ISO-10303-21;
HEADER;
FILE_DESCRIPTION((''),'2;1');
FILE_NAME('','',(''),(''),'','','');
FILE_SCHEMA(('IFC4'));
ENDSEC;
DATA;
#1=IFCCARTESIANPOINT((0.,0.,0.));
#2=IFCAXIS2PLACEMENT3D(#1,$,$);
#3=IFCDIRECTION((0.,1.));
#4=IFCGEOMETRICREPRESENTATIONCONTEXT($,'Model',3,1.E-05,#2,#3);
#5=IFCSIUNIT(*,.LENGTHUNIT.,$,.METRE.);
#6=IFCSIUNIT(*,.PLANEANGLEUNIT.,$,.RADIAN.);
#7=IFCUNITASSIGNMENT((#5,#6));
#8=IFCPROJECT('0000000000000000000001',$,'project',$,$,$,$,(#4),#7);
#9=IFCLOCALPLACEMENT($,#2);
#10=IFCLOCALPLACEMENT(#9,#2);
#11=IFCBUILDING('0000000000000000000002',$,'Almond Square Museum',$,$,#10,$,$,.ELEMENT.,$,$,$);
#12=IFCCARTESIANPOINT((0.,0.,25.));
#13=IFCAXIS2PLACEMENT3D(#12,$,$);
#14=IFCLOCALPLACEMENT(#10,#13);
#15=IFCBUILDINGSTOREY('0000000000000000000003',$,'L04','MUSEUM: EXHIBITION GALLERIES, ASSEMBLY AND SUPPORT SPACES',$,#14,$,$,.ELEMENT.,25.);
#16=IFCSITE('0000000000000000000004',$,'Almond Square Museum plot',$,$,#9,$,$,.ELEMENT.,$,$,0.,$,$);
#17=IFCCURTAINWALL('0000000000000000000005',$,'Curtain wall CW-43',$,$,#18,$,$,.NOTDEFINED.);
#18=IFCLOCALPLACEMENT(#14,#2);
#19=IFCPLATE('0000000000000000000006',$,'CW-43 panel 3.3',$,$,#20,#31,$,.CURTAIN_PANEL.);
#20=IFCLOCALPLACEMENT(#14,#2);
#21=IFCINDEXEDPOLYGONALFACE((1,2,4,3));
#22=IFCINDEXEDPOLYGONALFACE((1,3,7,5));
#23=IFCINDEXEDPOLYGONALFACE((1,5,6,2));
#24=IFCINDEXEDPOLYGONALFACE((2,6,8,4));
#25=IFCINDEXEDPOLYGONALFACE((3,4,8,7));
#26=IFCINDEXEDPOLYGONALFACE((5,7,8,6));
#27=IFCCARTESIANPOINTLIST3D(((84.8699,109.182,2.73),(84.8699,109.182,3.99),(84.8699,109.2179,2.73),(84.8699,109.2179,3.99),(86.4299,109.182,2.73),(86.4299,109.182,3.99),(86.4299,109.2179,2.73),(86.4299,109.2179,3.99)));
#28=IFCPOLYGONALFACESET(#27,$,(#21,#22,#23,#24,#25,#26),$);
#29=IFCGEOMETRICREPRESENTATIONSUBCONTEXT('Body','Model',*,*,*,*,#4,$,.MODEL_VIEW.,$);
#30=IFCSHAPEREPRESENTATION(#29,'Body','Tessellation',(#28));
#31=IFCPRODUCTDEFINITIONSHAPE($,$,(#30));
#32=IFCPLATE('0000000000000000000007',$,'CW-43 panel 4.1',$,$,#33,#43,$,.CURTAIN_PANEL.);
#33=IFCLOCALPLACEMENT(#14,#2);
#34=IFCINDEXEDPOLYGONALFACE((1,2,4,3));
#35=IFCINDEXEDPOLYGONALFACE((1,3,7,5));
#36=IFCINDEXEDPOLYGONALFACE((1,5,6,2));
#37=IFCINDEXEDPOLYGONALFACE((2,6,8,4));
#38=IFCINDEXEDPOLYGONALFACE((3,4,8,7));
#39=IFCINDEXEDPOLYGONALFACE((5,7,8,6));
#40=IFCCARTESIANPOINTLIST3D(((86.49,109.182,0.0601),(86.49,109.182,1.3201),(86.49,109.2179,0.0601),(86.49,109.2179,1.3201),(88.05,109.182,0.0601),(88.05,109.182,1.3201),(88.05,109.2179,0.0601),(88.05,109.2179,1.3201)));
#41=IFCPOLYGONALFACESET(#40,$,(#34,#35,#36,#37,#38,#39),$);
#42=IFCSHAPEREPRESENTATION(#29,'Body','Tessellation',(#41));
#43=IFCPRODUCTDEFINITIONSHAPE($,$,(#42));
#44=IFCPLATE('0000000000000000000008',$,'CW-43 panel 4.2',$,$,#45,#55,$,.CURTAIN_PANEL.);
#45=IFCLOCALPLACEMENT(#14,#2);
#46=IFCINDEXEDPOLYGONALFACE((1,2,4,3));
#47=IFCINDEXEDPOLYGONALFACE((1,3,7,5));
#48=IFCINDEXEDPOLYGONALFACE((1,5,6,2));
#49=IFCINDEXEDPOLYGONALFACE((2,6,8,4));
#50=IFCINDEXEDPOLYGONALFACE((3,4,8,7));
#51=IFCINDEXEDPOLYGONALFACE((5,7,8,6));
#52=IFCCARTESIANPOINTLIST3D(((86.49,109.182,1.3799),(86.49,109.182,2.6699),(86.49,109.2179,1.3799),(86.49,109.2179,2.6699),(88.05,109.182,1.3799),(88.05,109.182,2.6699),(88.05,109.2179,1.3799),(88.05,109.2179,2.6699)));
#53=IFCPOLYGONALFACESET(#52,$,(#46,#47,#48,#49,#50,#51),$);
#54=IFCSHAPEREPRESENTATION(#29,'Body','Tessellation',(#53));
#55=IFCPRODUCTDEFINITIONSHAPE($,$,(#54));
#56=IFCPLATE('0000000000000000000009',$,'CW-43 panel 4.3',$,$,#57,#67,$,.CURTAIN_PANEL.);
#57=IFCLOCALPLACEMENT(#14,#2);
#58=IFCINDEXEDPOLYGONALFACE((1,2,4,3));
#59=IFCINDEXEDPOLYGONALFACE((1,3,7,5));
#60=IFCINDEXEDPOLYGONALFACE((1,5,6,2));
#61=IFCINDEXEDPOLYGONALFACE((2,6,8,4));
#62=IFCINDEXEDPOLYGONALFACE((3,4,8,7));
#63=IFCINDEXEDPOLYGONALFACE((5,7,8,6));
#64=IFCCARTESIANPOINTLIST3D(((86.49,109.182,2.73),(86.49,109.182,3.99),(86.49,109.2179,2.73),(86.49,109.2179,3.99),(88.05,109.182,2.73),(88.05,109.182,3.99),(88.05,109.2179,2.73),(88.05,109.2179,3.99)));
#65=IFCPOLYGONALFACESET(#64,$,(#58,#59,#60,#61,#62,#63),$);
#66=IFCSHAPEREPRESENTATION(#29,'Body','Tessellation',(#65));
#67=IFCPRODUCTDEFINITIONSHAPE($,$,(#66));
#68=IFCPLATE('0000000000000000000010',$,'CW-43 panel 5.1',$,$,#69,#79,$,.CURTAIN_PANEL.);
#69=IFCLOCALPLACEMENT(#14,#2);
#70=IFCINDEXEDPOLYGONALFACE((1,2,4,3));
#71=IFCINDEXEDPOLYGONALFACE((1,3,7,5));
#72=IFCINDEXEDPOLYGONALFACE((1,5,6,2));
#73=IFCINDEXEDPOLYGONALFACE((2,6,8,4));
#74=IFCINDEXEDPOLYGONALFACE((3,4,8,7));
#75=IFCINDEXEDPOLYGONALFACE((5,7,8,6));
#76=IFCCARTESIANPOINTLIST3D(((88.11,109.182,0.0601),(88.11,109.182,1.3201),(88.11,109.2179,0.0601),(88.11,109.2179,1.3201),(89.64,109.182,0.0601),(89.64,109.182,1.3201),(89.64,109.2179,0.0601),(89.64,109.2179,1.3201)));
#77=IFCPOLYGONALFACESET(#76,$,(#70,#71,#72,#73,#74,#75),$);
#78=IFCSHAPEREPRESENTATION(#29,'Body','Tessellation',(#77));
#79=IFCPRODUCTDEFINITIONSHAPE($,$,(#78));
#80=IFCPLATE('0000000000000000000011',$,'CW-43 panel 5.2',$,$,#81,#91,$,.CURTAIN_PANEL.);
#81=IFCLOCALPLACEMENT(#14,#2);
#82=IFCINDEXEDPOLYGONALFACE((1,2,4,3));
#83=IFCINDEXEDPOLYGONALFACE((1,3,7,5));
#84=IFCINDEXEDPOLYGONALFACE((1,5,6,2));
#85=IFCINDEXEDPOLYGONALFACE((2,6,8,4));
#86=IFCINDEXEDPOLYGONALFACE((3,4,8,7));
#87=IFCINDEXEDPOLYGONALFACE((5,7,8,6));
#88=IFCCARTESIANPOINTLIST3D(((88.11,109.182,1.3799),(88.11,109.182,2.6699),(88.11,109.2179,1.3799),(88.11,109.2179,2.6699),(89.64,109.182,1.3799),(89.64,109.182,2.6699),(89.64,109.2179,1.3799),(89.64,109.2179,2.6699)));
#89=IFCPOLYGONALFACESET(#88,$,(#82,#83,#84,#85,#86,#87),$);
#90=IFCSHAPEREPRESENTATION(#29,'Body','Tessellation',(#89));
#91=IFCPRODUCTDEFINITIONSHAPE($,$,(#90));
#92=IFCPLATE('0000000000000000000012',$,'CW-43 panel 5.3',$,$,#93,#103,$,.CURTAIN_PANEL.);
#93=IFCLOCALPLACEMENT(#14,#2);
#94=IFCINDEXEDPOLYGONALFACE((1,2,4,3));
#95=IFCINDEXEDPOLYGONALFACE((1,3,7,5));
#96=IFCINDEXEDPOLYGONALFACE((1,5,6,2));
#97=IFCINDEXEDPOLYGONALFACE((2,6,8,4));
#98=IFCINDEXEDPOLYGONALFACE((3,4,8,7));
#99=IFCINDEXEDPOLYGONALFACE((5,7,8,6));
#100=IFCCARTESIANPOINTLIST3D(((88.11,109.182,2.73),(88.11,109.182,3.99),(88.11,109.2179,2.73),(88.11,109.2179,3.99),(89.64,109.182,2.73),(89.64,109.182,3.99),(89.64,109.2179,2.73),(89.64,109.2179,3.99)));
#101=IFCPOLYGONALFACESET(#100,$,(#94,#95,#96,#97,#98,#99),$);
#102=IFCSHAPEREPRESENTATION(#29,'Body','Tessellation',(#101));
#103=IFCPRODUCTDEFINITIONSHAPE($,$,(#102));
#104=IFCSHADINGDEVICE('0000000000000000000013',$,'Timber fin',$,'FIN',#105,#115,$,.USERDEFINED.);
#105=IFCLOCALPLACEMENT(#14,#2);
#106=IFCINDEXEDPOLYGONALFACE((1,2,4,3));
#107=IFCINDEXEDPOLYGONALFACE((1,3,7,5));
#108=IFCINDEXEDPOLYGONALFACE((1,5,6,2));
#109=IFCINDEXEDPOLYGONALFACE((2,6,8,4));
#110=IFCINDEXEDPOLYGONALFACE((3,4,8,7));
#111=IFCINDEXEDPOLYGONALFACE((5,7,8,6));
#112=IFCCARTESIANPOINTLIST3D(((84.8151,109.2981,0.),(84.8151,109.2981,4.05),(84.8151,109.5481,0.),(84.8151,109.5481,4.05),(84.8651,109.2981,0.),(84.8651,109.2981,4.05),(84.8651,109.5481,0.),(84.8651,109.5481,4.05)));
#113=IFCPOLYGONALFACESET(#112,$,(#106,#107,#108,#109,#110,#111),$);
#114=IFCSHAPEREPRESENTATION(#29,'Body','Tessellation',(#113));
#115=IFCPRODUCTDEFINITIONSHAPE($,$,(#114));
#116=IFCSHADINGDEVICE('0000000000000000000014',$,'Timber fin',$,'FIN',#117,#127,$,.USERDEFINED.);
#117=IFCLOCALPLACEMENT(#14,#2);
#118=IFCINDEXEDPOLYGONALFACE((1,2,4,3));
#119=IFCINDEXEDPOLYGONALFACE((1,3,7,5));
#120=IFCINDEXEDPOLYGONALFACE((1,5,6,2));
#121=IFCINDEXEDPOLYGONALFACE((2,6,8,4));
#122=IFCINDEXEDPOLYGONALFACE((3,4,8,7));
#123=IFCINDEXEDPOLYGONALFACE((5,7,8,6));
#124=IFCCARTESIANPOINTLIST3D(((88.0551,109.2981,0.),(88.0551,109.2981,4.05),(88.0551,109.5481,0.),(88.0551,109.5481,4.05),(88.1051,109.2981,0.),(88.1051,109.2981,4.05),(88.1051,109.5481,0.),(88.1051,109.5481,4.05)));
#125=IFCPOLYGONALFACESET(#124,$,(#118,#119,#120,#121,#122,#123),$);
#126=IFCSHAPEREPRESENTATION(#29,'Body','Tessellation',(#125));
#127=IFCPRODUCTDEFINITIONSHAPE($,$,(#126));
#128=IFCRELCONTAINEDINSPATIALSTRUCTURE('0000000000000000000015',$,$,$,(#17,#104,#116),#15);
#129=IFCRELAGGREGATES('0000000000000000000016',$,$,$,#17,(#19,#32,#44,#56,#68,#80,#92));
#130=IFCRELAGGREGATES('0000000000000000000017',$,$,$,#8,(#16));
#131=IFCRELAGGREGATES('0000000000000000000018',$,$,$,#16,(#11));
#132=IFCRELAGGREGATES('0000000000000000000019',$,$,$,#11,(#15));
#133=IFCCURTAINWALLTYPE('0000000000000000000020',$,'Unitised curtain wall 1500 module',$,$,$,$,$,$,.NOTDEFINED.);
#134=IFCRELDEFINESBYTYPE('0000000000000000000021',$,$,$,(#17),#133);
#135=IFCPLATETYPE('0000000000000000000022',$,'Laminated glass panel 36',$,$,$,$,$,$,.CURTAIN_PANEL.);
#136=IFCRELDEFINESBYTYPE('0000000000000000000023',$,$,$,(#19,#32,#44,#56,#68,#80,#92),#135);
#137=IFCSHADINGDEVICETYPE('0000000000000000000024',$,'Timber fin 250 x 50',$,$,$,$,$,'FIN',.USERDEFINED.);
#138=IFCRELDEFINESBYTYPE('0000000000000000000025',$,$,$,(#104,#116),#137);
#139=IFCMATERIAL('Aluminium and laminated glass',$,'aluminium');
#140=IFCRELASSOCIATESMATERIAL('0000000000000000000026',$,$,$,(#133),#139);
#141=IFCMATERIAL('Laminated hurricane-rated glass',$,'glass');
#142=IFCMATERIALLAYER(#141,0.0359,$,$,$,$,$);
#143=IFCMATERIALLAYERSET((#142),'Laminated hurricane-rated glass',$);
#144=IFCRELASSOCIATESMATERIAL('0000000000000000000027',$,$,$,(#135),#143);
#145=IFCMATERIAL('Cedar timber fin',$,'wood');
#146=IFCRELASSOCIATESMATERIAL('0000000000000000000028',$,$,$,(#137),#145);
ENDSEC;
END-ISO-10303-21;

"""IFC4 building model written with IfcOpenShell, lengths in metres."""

from ifc_helpers import new_model, si_unit, direction, frame, origin, origin_2d, place, context, subcontext, project, spatial, rectangle, extrude, material, layer, layer_set, material_profile, profile_set, type_object, element, aggregate, save


model = new_model("IFC4")

# Units and contexts
model_context = context("Model", 3, precision=1e-05, world=origin(), true_north=direction((0.0, 1.0)))
body_context = subcontext(model_context, "Body", "Model", "MODEL_VIEW")
ifc_project = project(units=[si_unit("LENGTHUNIT", "METRE"), si_unit("PLANEANGLEUNIT", "RADIAN")], contexts=[model_context])

# Site, building, storey
site_placement = place(None, origin())
site = spatial("IfcSite", under=ifc_project, at=site_placement, Name="Almond Square Museum plot", CompositionType="ELEMENT", RefElevation=0.0)
building_placement = place(site_placement, origin())
building = spatial("IfcBuilding", under=site, at=building_placement, Name="Almond Square Museum", CompositionType="ELEMENT")
storey_placement = place(building_placement, frame((0.0, 0.0, 25.0)))
storey = spatial("IfcBuildingStorey", under=building, at=storey_placement, Name="L04", Description="MUSEUM: EXHIBITION GALLERIES, ASSEMBLY AND SUPPORT SPACES", CompositionType="ELEMENT", Elevation=25.0)

# Curtain wall, plates
ifc_material_1 = material(Name="Aluminium and laminated glass", Category="aluminium")
curtain_wall_type = type_object("IfcCurtainWallType", Name="Unitised curtain wall 1500 module", PredefinedType="NOTDEFINED", material=ifc_material_1)
curtain_wall_placement = place(storey_placement, origin())
curtain_wall = element("IfcCurtainWall", 1, at=curtain_wall_placement, inside=storey, type_object=curtain_wall_type, Name="Curtain wall CW-43", PredefinedType="NOTDEFINED")
ifc_material_2 = material(Name="Laminated hurricane-rated glass", Category="glass")
ifc_layer = layer(ifc_material_2, 0.0359)
ifc_layer_set = layer_set([ifc_layer], Name="Laminated hurricane-rated glass")
plate_type = type_object("IfcPlateType", Name="Laminated glass panel 36", PredefinedType="CURTAIN_PANEL", material=ifc_layer_set)
plate_1_placement = place(storey_placement, frame((85.6499, 109.2, 2.73), z_axis=(0.0, 0.0, 1.0), x_axis=(1.0, 0.0, 0.0)))
plate_1 = element("IfcPlate", 2, at=plate_1_placement, type_object=plate_type, Name="CW-43 panel 3.3", PredefinedType="CURTAIN_PANEL", context=body_context, shape_type="SweptSolid", body=[
    extrude(rectangle(XDim=1.5601, YDim=0.0359, at=origin_2d()), origin(), (0.0, 0.0, 1.0), 1.26),
])
plate_2_placement = place(storey_placement, frame((87.27, 109.2, 0.0601), z_axis=(0.0, 0.0, 1.0), x_axis=(1.0, 0.0, 0.0)))
plate_2 = element("IfcPlate", 3, at=plate_2_placement, type_object=plate_type, Name="CW-43 panel 4.1", PredefinedType="CURTAIN_PANEL", context=body_context, shape_type="SweptSolid", body=[
    extrude(rectangle(XDim=1.5601, YDim=0.0359, at=origin_2d()), origin(), (0.0, 0.0, 1.0), 1.26),
])
plate_3_placement = place(storey_placement, frame((87.27, 109.2, 1.3799), z_axis=(0.0, 0.0, 1.0), x_axis=(1.0, 0.0, 0.0)))
plate_3 = element("IfcPlate", 4, at=plate_3_placement, type_object=plate_type, Name="CW-43 panel 4.2", PredefinedType="CURTAIN_PANEL", context=body_context, shape_type="SweptSolid", body=[
    extrude(rectangle(XDim=1.5601, YDim=0.0359, at=origin_2d()), origin(), (0.0, 0.0, 1.0), 1.29),
])
plate_4_placement = place(storey_placement, frame((87.27, 109.2, 2.73), z_axis=(0.0, 0.0, 1.0), x_axis=(1.0, 0.0, 0.0)))
plate_4 = element("IfcPlate", 5, at=plate_4_placement, type_object=plate_type, Name="CW-43 panel 4.3", PredefinedType="CURTAIN_PANEL", context=body_context, shape_type="SweptSolid", body=[
    extrude(rectangle(XDim=1.5601, YDim=0.0359, at=origin_2d()), origin(), (0.0, 0.0, 1.0), 1.26),
])
plate_5_placement = place(storey_placement, frame((88.875, 109.2, 0.0601), z_axis=(0.0, 0.0, 1.0), x_axis=(1.0, 0.0, 0.0)))
plate_5 = element("IfcPlate", 6, at=plate_5_placement, type_object=plate_type, Name="CW-43 panel 5.1", PredefinedType="CURTAIN_PANEL", context=body_context, shape_type="SweptSolid", body=[
    extrude(rectangle(XDim=1.53, YDim=0.0359, at=origin_2d()), origin(), (0.0, 0.0, 1.0), 1.26),
])
plate_6_placement = place(storey_placement, frame((88.875, 109.2, 1.3799), z_axis=(0.0, 0.0, 1.0), x_axis=(1.0, 0.0, 0.0)))
plate_6 = element("IfcPlate", 7, at=plate_6_placement, type_object=plate_type, Name="CW-43 panel 5.2", PredefinedType="CURTAIN_PANEL", context=body_context, shape_type="SweptSolid", body=[
    extrude(rectangle(XDim=1.53, YDim=0.0359, at=origin_2d()), origin(), (0.0, 0.0, 1.0), 1.29),
])
plate_7_placement = place(storey_placement, frame((88.875, 109.2, 2.73), z_axis=(0.0, 0.0, 1.0), x_axis=(1.0, 0.0, 0.0)))
plate_7 = element("IfcPlate", 8, at=plate_7_placement, type_object=plate_type, Name="CW-43 panel 5.3", PredefinedType="CURTAIN_PANEL", context=body_context, shape_type="SweptSolid", body=[
    extrude(rectangle(XDim=1.53, YDim=0.0359, at=origin_2d()), origin(), (0.0, 0.0, 1.0), 1.26),
])
aggregate(curtain_wall, [plate_1, plate_2, plate_3, plate_4, plate_5, plate_6, plate_7])

# Shading devices
ifc_material_3 = material(Name="Cedar timber fin", Category="wood")
ifc_material_profile_1 = material_profile(ifc_material_3, rectangle(XDim=0.25, YDim=0.05, at=origin_2d()))
ifc_profile_set_1 = profile_set([ifc_material_profile_1], Name="Cedar timber fin")
shading_device_type = type_object("IfcShadingDeviceType", Name="Timber fin 250 x 50", ElementType="FIN", PredefinedType="USERDEFINED", material=ifc_profile_set_1)
for number, where, z_axis, x_axis, name in (
    (9, (84.8401, 109.4231, 0.0), (0.0, 0.0, 1.0), (0.0, 1.0, 0.0), "Timber fin"),
    (10, (88.0801, 109.4231, 0.0), (0.0, 0.0, 1.0), (0.0, 1.0, 0.0), "Timber fin"),
):
    element("IfcShadingDevice", number, at=place(storey_placement, frame(where, z_axis=z_axis, x_axis=x_axis)), inside=storey, type_object=shading_device_type, Name=name, ObjectType="FIN", PredefinedType="USERDEFINED", context=body_context, shape_type="SweptSolid", body=[
        extrude(rectangle(XDim=0.25, YDim=0.05, at=origin_2d()), origin(), (0.0, 0.0, 1.0), 4.05),
    ])

save(model, "model.ifc")
